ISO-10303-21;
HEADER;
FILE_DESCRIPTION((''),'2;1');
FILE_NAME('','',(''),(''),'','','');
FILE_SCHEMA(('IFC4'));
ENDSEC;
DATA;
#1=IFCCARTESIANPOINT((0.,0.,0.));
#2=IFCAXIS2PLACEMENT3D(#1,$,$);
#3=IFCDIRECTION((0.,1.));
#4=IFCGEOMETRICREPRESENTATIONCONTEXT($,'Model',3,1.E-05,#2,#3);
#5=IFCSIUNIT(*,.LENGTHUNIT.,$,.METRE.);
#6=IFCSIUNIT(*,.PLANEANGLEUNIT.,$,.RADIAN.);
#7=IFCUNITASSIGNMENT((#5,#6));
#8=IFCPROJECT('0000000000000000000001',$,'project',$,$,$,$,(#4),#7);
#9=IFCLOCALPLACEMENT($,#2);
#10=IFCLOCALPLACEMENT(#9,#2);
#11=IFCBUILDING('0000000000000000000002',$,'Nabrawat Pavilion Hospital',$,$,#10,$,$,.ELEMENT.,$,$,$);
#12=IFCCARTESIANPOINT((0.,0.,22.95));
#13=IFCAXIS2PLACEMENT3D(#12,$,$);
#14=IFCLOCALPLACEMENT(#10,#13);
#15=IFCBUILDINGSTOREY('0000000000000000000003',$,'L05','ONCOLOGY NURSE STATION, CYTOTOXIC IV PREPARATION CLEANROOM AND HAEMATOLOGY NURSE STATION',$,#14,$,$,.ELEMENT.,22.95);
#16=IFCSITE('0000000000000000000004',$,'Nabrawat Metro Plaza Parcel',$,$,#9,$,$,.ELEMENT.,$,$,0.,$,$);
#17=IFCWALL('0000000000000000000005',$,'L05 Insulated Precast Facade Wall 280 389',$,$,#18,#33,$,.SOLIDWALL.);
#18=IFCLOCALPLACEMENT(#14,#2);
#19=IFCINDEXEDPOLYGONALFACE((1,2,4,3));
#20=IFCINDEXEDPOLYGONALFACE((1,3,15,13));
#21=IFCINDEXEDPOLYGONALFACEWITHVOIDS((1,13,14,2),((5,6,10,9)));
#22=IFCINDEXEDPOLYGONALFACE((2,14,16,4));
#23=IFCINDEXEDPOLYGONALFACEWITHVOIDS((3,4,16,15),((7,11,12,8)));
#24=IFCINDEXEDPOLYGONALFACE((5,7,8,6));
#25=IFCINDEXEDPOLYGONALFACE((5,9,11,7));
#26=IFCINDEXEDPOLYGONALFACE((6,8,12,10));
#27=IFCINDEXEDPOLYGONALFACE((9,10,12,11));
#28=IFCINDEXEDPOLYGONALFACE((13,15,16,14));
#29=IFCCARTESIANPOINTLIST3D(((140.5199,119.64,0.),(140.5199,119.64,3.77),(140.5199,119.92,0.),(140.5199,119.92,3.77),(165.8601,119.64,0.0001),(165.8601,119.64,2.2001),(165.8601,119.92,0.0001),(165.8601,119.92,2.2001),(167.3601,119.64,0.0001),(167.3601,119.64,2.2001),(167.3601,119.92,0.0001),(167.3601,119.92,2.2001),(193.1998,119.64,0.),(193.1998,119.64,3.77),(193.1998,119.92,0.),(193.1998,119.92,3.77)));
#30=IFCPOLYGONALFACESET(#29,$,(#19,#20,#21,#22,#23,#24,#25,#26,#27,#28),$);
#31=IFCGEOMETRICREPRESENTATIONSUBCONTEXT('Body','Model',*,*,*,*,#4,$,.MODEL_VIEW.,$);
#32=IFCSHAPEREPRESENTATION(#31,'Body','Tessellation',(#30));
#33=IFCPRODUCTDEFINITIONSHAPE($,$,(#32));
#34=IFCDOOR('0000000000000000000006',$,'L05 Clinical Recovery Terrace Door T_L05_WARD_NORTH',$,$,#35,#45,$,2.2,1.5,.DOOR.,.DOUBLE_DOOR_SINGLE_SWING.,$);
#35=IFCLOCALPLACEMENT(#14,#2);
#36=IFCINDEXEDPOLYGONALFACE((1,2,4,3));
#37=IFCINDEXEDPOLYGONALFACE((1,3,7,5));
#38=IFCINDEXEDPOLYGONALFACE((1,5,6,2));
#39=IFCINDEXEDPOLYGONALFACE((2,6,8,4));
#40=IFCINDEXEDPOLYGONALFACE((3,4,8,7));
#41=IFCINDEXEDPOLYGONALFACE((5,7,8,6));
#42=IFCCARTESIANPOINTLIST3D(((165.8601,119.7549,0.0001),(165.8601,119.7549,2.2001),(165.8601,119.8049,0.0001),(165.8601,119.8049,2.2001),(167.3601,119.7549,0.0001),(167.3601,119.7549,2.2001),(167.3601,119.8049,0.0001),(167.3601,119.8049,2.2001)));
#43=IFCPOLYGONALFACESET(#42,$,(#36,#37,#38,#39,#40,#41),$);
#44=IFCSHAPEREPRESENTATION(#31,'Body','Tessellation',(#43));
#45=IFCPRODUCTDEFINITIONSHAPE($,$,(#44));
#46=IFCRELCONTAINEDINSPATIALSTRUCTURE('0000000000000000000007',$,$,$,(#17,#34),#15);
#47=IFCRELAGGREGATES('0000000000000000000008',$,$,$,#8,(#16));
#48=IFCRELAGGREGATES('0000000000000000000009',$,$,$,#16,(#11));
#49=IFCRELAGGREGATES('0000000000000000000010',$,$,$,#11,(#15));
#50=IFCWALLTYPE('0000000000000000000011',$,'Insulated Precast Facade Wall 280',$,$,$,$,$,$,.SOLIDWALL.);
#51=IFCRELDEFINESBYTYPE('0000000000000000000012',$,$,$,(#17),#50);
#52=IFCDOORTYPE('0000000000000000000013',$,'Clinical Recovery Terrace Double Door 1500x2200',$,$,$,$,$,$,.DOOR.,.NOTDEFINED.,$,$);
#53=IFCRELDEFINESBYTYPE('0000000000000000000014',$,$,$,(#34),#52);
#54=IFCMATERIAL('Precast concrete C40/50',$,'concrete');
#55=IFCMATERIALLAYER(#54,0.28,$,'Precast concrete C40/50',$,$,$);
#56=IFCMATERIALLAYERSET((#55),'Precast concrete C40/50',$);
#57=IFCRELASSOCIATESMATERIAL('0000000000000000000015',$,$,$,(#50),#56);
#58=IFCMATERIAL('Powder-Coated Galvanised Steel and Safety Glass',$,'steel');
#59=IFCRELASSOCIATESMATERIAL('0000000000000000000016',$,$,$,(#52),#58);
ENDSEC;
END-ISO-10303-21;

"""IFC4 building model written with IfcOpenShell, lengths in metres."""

from ifc_helpers import new_model, si_unit, direction, frame, frame_2d, origin, place, context, subcontext, project, spatial, rectangle, extrude, material, layer, layer_set, type_object, element, fill, save


model = new_model("IFC4")

# Units and contexts
model_context = context("Model", 3, precision=1e-05, world=origin(), true_north=direction((0.0, 1.0)))
body_context = subcontext(model_context, "Body", "Model", "MODEL_VIEW")
ifc_project = project(units=[si_unit("LENGTHUNIT", "METRE"), si_unit("PLANEANGLEUNIT", "RADIAN")], contexts=[model_context])

# Site, building, storey
site_placement = place(None, origin())
site = spatial("IfcSite", under=ifc_project, at=site_placement, Name="Nabrawat Metro Plaza Parcel", CompositionType="ELEMENT", RefElevation=0.0)
building_placement = place(site_placement, origin())
building = spatial("IfcBuilding", under=site, at=building_placement, Name="Nabrawat Pavilion Hospital", CompositionType="ELEMENT")
storey_placement = place(building_placement, frame((0.0, 0.0, 22.95)))
storey = spatial("IfcBuildingStorey", under=building, at=storey_placement, Name="L05", Description="ONCOLOGY NURSE STATION, CYTOTOXIC IV PREPARATION CLEANROOM AND HAEMATOLOGY NURSE STATION", CompositionType="ELEMENT", Elevation=22.95)

# Shared definitions
ifc_material_1 = material(Name="Precast concrete C40/50", Category="concrete")
ifc_layer_1 = layer(ifc_material_1, 0.28, Name="Precast concrete C40/50")
ifc_layer_set_1 = layer_set([ifc_layer_1], Name="Precast concrete C40/50")
wall_type_1 = type_object("IfcWallType", Name="Insulated Precast Facade Wall 280", PredefinedType="SOLIDWALL", material=ifc_layer_set_1)
ifc_material_2 = material(Name="Powder-Coated Galvanised Steel and Safety Glass", Category="steel")
door_type_1 = type_object("IfcDoorType", Name="Clinical Recovery Terrace Double Door 1500x2200", OperationType="NOTDEFINED", PredefinedType="DOOR", material=ifc_material_2)

# Wall, opening, door
wall_1_placement = place(storey_placement, frame((140.52, 119.78, 0.0), z_axis=(0.0, 0.0, 1.0), x_axis=(1.0, 0.0, 0.0)))
wall_1 = element("IfcWall", 1, at=wall_1_placement, inside=storey, type_object=wall_type_1, Name="L05 Insulated Precast Facade Wall 280 389", PredefinedType="SOLIDWALL", context=body_context, shape_type="SweptSolid", body=[
    extrude(rectangle(XDim=52.6799, YDim=0.28, at=frame_2d((26.3398, 0.0))), origin(), (0.0, 0.0, 1.0), 3.77),
])
opening_1_placement = place(wall_1_placement, frame((25.3401, 0.0, 0.0)))
opening_1 = element("IfcOpeningElement", 2, at=opening_1_placement, cuts=wall_1, PredefinedType="OPENING", context=body_context, shape_type="SweptSolid", body=[
    extrude(rectangle(XDim=1.5, YDim=2.2, at=frame_2d((0.75, 1.1001))), frame((0.0, 0.1499, 0.0), z_axis=(0.0, -1.0, 0.0), x_axis=(1.0, 0.0, 0.0)), (0.0, 0.0, 1.0), 0.3),
])
door_1_placement = place(opening_1_placement, origin())
door_1 = element("IfcDoor", 3, at=door_1_placement, inside=storey, type_object=door_type_1, Name="L05 Clinical Recovery Terrace Door T_L05_WARD_NORTH", OperationType="DOUBLE_DOOR_SINGLE_SWING", OverallHeight=2.2, OverallWidth=1.5, PredefinedType="DOOR", context=body_context, shape_type="SweptSolid", body=[
    extrude(rectangle(XDim=1.5, YDim=2.2, at=frame_2d((0.75, 1.1001))), frame((0.0, 0.0249, 0.0), z_axis=(0.0, -1.0, 0.0), x_axis=(1.0, 0.0, 0.0)), (0.0, 0.0, 1.0), 0.05),
])
fill(opening_1, door_1)

save(model, "model.ifc")
